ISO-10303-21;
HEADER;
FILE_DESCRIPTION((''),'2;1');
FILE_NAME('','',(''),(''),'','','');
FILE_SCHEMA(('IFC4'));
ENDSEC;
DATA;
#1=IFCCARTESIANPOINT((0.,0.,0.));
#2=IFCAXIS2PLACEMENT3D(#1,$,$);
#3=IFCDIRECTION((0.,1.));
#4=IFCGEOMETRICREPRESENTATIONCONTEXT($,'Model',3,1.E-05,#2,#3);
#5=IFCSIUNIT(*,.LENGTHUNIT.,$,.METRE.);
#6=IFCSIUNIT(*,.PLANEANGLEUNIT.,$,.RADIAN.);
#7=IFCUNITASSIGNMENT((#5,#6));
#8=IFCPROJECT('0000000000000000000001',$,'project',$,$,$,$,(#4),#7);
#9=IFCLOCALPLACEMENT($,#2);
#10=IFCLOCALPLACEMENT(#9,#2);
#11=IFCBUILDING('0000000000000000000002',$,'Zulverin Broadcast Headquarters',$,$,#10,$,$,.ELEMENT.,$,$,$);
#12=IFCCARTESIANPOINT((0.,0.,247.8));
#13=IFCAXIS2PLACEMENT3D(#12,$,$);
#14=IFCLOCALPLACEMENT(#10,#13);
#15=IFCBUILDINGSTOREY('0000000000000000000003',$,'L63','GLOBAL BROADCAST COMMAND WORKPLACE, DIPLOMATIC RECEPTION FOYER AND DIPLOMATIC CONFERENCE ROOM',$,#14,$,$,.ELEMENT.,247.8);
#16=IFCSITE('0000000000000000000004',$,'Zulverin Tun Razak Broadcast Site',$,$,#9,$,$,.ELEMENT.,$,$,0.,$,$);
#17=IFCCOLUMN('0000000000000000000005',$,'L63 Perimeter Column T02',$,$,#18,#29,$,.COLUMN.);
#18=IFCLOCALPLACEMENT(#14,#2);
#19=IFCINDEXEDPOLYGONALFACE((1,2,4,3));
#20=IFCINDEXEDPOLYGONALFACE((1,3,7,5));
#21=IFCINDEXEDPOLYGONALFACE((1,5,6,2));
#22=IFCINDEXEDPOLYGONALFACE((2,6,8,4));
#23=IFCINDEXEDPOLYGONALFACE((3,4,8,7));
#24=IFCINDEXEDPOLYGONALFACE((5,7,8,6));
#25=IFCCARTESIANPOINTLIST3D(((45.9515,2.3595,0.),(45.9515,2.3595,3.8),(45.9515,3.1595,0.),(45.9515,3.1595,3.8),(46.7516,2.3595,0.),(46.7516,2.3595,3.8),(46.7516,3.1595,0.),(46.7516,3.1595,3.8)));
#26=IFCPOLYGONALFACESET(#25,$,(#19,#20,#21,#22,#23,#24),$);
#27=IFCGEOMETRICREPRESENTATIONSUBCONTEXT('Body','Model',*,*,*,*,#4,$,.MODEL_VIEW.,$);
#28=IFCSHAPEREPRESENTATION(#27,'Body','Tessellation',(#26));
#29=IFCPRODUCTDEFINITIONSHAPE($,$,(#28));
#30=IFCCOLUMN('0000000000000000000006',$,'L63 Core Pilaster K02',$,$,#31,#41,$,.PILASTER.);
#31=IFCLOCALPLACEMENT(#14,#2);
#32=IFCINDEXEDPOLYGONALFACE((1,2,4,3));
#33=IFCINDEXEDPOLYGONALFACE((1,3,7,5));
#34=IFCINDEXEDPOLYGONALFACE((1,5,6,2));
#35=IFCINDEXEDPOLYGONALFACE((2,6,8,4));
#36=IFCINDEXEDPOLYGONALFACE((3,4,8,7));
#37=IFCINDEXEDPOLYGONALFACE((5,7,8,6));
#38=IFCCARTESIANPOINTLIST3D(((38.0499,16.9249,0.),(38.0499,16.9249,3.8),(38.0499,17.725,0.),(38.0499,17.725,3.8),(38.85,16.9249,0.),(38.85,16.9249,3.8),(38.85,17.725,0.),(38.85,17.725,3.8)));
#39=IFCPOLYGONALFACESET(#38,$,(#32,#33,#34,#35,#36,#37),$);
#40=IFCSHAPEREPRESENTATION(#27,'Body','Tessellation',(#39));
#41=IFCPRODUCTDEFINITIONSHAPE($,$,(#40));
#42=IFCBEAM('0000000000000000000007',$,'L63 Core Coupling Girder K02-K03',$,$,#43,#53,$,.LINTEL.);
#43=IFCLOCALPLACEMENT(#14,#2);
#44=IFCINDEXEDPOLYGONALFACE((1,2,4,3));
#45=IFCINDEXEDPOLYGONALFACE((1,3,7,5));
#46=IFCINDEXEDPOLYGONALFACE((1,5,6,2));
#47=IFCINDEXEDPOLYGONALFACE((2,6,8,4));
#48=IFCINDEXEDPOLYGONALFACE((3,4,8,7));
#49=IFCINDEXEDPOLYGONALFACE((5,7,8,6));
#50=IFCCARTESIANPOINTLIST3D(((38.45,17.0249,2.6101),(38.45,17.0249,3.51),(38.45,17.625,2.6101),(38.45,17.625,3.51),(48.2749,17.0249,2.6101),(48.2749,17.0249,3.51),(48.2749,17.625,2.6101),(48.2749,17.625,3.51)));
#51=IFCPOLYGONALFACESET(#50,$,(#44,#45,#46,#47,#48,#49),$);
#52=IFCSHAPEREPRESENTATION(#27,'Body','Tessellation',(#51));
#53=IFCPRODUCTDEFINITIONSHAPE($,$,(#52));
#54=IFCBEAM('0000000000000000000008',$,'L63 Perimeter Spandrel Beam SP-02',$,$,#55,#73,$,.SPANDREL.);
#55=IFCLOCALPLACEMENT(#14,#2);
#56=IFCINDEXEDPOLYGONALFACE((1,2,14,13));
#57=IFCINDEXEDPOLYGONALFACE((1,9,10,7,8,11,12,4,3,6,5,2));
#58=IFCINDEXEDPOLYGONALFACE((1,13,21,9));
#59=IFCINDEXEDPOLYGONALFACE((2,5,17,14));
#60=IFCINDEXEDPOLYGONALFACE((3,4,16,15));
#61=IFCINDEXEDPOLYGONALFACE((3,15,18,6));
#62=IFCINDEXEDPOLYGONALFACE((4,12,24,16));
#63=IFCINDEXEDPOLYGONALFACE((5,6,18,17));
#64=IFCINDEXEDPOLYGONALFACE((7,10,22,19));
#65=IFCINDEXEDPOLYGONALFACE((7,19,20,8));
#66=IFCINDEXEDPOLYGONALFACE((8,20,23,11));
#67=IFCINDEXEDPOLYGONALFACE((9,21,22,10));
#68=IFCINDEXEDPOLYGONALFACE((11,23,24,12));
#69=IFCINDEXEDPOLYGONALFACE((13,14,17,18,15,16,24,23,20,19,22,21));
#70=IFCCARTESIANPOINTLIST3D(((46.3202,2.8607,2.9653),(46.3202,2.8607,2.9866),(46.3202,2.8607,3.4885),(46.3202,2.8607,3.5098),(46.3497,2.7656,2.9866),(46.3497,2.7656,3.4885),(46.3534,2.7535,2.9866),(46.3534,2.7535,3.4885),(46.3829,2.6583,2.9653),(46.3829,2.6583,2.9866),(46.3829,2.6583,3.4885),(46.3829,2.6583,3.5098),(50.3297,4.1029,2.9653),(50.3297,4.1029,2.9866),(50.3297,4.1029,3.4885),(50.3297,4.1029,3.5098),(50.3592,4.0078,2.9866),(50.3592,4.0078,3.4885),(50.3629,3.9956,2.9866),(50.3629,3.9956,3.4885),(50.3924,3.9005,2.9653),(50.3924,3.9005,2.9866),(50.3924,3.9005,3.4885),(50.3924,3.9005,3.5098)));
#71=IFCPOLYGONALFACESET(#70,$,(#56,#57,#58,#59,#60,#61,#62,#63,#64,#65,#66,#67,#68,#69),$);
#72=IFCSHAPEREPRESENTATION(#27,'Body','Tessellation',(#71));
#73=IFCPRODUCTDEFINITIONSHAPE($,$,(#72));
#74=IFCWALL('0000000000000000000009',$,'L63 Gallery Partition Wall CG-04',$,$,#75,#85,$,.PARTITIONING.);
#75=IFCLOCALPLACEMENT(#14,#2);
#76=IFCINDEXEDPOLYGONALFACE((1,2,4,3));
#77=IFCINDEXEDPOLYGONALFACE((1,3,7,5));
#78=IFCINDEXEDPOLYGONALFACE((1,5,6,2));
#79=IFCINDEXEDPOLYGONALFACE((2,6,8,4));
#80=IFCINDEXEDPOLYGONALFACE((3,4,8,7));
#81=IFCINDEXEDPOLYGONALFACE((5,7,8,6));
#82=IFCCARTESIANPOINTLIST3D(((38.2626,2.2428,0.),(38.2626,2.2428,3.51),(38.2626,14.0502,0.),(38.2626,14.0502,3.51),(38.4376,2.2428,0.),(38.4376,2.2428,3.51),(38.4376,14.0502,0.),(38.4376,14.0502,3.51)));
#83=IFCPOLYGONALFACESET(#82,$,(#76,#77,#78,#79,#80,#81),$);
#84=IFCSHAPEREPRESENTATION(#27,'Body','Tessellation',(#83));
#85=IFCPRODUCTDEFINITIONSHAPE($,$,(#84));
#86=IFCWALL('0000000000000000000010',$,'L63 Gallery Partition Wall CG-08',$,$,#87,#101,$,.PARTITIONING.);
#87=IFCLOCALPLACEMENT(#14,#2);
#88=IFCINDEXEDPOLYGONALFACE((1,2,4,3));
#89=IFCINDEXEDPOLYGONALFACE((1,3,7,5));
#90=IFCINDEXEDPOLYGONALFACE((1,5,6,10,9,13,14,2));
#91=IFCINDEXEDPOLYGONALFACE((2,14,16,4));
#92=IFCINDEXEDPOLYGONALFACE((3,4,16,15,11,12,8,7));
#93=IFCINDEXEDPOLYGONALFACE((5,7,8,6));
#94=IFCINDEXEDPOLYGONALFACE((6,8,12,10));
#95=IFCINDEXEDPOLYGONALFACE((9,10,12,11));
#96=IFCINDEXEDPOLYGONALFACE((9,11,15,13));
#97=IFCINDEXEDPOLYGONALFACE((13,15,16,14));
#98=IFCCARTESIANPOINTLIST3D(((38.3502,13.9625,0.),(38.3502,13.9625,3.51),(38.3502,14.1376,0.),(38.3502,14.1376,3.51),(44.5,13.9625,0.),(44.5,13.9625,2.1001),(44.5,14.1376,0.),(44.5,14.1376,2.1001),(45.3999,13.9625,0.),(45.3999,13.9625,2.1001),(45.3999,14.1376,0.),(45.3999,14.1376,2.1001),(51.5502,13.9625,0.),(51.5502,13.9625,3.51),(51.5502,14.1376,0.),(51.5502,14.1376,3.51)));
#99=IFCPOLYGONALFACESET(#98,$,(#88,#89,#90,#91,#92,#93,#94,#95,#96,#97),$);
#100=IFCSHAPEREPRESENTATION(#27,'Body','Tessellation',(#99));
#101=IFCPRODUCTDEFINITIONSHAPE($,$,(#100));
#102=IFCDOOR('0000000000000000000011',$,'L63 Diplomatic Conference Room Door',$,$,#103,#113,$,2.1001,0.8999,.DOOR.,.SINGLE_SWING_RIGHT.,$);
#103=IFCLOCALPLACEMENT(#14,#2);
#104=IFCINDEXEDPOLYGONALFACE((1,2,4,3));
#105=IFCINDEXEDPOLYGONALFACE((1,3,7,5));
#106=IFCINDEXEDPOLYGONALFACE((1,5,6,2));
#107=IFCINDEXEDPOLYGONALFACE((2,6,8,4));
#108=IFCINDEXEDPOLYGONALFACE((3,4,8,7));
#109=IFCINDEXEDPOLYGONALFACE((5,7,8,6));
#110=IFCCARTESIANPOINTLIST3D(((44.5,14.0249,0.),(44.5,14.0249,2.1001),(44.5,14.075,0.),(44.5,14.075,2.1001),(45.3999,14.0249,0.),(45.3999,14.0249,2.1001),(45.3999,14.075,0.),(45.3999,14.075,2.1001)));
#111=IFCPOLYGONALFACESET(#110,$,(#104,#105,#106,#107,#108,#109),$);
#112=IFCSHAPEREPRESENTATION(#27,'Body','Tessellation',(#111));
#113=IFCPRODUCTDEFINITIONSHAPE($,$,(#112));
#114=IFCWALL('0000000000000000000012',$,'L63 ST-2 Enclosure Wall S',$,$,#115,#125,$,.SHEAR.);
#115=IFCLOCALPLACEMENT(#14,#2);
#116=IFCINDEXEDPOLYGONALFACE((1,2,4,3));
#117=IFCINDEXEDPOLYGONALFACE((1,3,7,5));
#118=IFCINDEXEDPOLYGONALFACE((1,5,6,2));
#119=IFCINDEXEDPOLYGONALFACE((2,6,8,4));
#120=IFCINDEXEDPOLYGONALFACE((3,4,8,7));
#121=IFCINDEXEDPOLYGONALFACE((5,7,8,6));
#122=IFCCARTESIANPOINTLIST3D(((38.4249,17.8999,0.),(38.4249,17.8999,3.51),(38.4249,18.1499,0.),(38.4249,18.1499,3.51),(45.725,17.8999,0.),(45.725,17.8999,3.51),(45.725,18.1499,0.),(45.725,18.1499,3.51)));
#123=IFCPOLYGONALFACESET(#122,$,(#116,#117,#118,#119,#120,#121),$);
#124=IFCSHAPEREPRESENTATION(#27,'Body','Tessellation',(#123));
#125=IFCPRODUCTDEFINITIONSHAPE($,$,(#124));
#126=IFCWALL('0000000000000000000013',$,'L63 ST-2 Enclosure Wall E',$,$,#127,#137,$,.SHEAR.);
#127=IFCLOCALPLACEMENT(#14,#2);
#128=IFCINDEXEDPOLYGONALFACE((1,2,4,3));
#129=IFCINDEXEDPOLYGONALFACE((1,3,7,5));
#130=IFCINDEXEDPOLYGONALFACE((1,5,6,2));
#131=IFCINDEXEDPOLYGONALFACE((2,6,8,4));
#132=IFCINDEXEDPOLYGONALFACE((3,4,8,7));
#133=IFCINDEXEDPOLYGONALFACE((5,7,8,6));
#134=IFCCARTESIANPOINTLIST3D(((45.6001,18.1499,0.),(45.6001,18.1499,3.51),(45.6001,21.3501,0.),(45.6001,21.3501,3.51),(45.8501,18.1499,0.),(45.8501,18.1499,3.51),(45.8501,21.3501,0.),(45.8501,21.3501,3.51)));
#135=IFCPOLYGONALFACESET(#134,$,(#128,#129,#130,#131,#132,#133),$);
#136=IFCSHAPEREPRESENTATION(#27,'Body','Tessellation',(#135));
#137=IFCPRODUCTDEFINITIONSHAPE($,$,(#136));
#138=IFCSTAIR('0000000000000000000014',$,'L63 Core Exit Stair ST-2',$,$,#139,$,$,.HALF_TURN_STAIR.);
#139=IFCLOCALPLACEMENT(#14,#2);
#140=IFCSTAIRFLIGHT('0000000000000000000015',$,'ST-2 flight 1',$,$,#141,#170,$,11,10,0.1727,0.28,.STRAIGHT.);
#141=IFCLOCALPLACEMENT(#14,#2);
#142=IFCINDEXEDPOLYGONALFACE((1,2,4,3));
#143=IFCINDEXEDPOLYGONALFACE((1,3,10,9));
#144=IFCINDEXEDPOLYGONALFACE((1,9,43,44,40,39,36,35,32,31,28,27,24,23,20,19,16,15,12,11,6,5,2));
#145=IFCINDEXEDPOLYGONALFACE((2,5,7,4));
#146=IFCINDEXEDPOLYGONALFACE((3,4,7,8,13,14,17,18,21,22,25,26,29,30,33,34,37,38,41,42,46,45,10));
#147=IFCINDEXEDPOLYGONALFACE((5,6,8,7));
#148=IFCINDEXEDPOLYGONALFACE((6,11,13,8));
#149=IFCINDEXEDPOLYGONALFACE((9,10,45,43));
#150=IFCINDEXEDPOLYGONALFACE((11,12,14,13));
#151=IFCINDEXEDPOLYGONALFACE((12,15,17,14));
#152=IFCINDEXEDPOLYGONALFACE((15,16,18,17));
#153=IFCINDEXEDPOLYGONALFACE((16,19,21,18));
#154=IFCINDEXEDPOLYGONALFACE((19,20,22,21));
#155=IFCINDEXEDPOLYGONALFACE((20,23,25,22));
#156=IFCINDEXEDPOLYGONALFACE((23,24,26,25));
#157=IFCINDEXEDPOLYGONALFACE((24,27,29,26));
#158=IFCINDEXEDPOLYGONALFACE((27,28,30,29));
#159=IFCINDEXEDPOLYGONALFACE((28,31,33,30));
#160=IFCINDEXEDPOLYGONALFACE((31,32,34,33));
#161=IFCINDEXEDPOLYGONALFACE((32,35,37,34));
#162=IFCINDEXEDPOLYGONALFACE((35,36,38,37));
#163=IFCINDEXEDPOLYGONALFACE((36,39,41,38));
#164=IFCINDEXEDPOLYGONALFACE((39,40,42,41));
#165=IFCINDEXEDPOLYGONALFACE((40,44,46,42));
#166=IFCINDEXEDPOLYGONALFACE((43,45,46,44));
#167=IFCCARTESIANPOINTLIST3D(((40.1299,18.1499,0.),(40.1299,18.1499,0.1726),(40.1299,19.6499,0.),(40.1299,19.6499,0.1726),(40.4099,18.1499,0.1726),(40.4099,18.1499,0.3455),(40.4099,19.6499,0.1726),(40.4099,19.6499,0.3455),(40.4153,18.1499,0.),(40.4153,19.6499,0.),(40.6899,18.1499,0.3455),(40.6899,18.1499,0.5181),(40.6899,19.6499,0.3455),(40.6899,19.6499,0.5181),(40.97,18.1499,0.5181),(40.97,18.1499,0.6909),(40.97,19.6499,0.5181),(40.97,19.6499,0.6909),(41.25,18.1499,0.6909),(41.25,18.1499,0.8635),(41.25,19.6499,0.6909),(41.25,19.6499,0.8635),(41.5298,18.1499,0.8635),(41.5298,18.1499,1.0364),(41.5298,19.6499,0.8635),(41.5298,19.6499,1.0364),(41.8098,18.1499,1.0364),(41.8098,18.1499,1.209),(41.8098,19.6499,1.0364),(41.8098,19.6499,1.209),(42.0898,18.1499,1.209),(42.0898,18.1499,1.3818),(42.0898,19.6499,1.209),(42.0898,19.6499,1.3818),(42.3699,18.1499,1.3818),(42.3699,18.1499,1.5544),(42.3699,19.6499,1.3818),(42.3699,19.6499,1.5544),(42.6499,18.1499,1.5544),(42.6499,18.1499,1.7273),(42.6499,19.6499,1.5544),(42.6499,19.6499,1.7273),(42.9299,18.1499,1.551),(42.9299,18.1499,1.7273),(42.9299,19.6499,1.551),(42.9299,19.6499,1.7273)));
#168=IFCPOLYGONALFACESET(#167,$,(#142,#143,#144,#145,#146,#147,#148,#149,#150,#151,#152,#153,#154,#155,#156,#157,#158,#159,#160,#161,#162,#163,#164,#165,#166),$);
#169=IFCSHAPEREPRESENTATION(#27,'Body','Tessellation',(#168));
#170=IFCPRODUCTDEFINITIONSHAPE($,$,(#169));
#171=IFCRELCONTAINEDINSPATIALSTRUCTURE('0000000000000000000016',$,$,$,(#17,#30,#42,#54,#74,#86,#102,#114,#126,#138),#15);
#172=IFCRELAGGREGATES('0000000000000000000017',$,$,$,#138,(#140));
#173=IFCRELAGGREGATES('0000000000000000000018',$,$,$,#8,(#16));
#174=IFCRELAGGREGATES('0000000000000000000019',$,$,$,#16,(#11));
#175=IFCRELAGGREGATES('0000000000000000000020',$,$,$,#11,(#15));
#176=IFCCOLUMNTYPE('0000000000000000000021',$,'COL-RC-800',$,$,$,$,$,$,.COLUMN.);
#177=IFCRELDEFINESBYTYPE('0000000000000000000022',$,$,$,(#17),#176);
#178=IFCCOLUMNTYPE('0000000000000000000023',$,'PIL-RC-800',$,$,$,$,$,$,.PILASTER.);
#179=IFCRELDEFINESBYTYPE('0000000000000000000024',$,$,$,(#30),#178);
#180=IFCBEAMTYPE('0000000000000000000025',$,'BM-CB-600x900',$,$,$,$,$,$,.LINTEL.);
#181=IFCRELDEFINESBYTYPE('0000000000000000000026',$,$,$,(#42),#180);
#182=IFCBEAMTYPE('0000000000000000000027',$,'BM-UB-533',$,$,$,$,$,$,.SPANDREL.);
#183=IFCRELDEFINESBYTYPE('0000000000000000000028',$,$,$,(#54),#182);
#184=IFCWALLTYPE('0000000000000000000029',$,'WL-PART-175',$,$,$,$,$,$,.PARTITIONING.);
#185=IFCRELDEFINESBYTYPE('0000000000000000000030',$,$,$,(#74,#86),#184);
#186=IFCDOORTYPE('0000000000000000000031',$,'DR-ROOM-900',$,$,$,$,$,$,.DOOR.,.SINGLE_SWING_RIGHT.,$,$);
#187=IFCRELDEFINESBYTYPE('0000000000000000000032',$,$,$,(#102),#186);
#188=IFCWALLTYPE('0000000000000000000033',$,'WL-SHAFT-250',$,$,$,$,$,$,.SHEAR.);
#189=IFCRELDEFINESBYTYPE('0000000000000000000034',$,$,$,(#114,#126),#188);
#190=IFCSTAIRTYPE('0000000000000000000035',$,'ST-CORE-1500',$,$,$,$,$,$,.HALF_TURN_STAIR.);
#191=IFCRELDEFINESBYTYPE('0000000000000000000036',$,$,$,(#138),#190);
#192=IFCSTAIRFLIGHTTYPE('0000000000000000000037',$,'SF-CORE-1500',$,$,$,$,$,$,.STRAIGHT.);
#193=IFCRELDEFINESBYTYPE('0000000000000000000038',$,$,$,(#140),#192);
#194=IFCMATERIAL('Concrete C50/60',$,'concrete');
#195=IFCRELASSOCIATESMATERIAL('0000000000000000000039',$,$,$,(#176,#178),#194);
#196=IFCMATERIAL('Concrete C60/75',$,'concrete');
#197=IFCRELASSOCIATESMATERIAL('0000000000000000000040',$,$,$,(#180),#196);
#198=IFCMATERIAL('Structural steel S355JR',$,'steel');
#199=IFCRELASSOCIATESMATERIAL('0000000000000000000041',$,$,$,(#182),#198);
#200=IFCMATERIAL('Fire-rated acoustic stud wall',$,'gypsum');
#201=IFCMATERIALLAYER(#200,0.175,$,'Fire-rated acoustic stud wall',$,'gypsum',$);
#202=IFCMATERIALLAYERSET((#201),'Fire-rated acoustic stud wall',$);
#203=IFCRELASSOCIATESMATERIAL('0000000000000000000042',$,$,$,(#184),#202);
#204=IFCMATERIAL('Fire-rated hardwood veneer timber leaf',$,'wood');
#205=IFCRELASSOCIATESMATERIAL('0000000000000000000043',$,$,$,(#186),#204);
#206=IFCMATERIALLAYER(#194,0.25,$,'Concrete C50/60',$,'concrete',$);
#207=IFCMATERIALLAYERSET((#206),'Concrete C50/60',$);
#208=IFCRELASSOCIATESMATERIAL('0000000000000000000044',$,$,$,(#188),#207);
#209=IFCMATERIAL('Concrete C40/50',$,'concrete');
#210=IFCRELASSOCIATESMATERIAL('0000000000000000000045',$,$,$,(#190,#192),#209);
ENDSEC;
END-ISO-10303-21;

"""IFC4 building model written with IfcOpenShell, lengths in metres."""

from ifc_helpers import new_model, si_unit, direction, frame, frame_2d, origin, origin_2d, place, context, subcontext, project, spatial, polyline, rectangle, i_section, outline, extrude, material, layer, layer_set, material_profile, profile_set, type_object, element, fill, aggregate, save


model = new_model("IFC4")

# Units and contexts
model_context = context("Model", 3, precision=1e-05, world=origin(), true_north=direction((0.0, 1.0)))
body_context = subcontext(model_context, "Body", "Model", "MODEL_VIEW")
ifc_project = project(units=[si_unit("LENGTHUNIT", "METRE"), si_unit("PLANEANGLEUNIT", "RADIAN")], contexts=[model_context])

# Site, building, storey
site_placement = place(None, origin())
site = spatial("IfcSite", under=ifc_project, at=site_placement, Name="Zulverin Tun Razak Broadcast Site", CompositionType="ELEMENT", RefElevation=0.0)
building_placement = place(site_placement, origin())
building = spatial("IfcBuilding", under=site, at=building_placement, Name="Zulverin Broadcast Headquarters", CompositionType="ELEMENT")
storey_placement = place(building_placement, frame((0.0, 0.0, 247.8)))
storey = spatial("IfcBuildingStorey", under=building, at=storey_placement, Name="L63", Description="GLOBAL BROADCAST COMMAND WORKPLACE, DIPLOMATIC RECEPTION FOYER AND DIPLOMATIC CONFERENCE ROOM", CompositionType="ELEMENT", Elevation=247.8)

# Columns
ifc_material_1 = material(Name="Concrete C50/60", Category="concrete")
ifc_material_profile_1 = material_profile(ifc_material_1, rectangle(XDim=0.8, YDim=0.8, at=origin_2d()), Name="Concrete C50/60", Category="concrete")
ifc_profile_set_1 = profile_set([ifc_material_profile_1], Name="Concrete C50/60")
column_type_1 = type_object("IfcColumnType", Name="COL-RC-800", PredefinedType="COLUMN", material=ifc_profile_set_1)
column_1_placement = place(storey_placement, frame((46.3516, 2.7595, 0.0), z_axis=(0.0, 0.0, 1.0), x_axis=(1.0, 0.0, 0.0)))
element("IfcColumn", 1, at=column_1_placement, inside=storey, type_object=column_type_1, Name="L63 Perimeter Column T02", PredefinedType="COLUMN", context=body_context, shape_type="SweptSolid", body=[
    extrude(rectangle(XDim=0.8, YDim=0.8, at=origin_2d()), origin(), (0.0, 0.0, 1.0), 3.8),
])
ifc_material_profile_2 = material_profile(ifc_material_1, rectangle(XDim=0.8, YDim=0.8, at=origin_2d()), Name="Concrete C50/60", Category="concrete")
ifc_profile_set_2 = profile_set([ifc_material_profile_2], Name="Concrete C50/60")
column_type_2 = type_object("IfcColumnType", Name="PIL-RC-800", PredefinedType="PILASTER", material=ifc_profile_set_2)
column_2_placement = place(storey_placement, frame((38.45, 17.325, 0.0), z_axis=(0.0, 0.0, 1.0), x_axis=(1.0, 0.0, 0.0)))
element("IfcColumn", 2, at=column_2_placement, inside=storey, type_object=column_type_2, Name="L63 Core Pilaster K02", PredefinedType="PILASTER", context=body_context, shape_type="SweptSolid", body=[
    extrude(rectangle(XDim=0.8, YDim=0.8, at=origin_2d()), origin(), (0.0, 0.0, 1.0), 3.8),
])

# Beams
ifc_material_2 = material(Name="Concrete C60/75", Category="concrete")
ifc_material_profile_3 = material_profile(ifc_material_2, rectangle(XDim=0.6001, YDim=0.8999, at=origin_2d()), Name="Concrete C60/75", Category="concrete")
ifc_profile_set_3 = profile_set([ifc_material_profile_3], Name="Concrete C60/75")
beam_type_1 = type_object("IfcBeamType", Name="BM-CB-600x900", PredefinedType="LINTEL", material=ifc_profile_set_3)
beam_1_placement = place(storey_placement, frame((38.45, 17.325, 3.0601), z_axis=(1.0, 0.0, 0.0), x_axis=(0.0, 1.0, 0.0)))
element("IfcBeam", 3, at=beam_1_placement, inside=storey, type_object=beam_type_1, Name="L63 Core Coupling Girder K02-K03", PredefinedType="LINTEL", context=body_context, shape_type="SweptSolid", body=[
    extrude(rectangle(XDim=0.6001, YDim=0.8999, at=origin_2d()), origin(), (0.0, 0.0, 1.0), 9.825),
])
ifc_material_3 = material(Name="Structural steel S355JR", Category="steel")
ifc_material_profile_4 = material_profile(ifc_material_3, i_section(OverallWidth=0.2119, OverallDepth=0.5444, WebThickness=0.0127, FlangeThickness=0.0212, at=origin_2d()), Name="Structural steel S355JR", Category="steel")
ifc_profile_set_4 = profile_set([ifc_material_profile_4], Name="Structural steel S355JR")
beam_type_2 = type_object("IfcBeamType", Name="BM-UB-533", PredefinedType="SPANDREL", material=ifc_profile_set_4)
beam_2_placement = place(storey_placement, frame((46.3516, 2.7595, 3.2375), z_axis=(0.955209, 0.295933, 0.0), x_axis=(-0.295933, 0.955209, 0.0)))
element("IfcBeam", 4, at=beam_2_placement, inside=storey, type_object=beam_type_2, Name="L63 Perimeter Spandrel Beam SP-02", PredefinedType="SPANDREL", context=body_context, shape_type="SweptSolid", body=[
    extrude(i_section(OverallWidth=0.2119, OverallDepth=0.5444, WebThickness=0.0127, FlangeThickness=0.0212, at=origin_2d()), origin(), (0.0, 0.0, 1.0), 4.1975),
])

# Wall
ifc_material_4 = material(Name="Fire-rated acoustic stud wall", Category="gypsum")
ifc_layer_1 = layer(ifc_material_4, 0.175, Name="Fire-rated acoustic stud wall", Category="gypsum")
ifc_layer_set_1 = layer_set([ifc_layer_1], Name="Fire-rated acoustic stud wall")
wall_type_1 = type_object("IfcWallType", Name="WL-PART-175", PredefinedType="PARTITIONING", material=ifc_layer_set_1)
wall_1_placement = place(storey_placement, frame((38.3501, 2.2427, 0.0), z_axis=(0.0, 0.0, 1.0), x_axis=(0.0, 1.0, 0.0)))
element("IfcWall", 5, at=wall_1_placement, inside=storey, type_object=wall_type_1, Name="L63 Gallery Partition Wall CG-04", PredefinedType="PARTITIONING", context=body_context, shape_type="SweptSolid", body=[
    extrude(rectangle(XDim=11.8074, YDim=0.175, at=frame_2d((5.9038, 0.0))), origin(), (0.0, 0.0, 1.0), 3.51),
])

# Wall, opening, door
wall_2_placement = place(storey_placement, frame((38.3501, 14.05, 0.0), z_axis=(0.0, 0.0, 1.0), x_axis=(1.0, 0.0, 0.0)))
wall_2 = element("IfcWall", 6, at=wall_2_placement, inside=storey, type_object=wall_type_1, Name="L63 Gallery Partition Wall CG-08", PredefinedType="PARTITIONING", context=body_context, shape_type="SweptSolid", body=[
    extrude(rectangle(XDim=13.2, YDim=0.175, at=frame_2d((6.6001, 0.0))), origin(), (0.0, 0.0, 1.0), 3.51),
])
opening_1_placement = place(wall_2_placement, frame((6.1499, 0.0, 0.0)))
opening_1 = element("IfcOpeningElement", 7, at=opening_1_placement, cuts=wall_2, PredefinedType="OPENING", context=body_context, shape_type="SweptSolid", body=[
    extrude(rectangle(XDim=0.8999, YDim=2.1001, at=frame_2d((0.45, 1.05))), frame((0.0, 0.0974, 0.0), z_axis=(0.0, -1.0, 0.0), x_axis=(1.0, 0.0, 0.0)), (0.0, 0.0, 1.0), 0.1951),
])
ifc_material_5 = material(Name="Fire-rated hardwood veneer timber leaf", Category="wood")
door_type_1 = type_object("IfcDoorType", Name="DR-ROOM-900", OperationType="SINGLE_SWING_RIGHT", PredefinedType="DOOR", material=ifc_material_5)
door_1_placement = place(opening_1_placement, origin())
door_1 = element("IfcDoor", 8, at=door_1_placement, inside=storey, type_object=door_type_1, Name="L63 Diplomatic Conference Room Door", OperationType="SINGLE_SWING_RIGHT", OverallHeight=2.1001, OverallWidth=0.8999, PredefinedType="DOOR", context=body_context, shape_type="SweptSolid", body=[
    extrude(rectangle(XDim=0.8999, YDim=2.1001, at=frame_2d((0.45, 1.05))), frame((0.0, 0.0249, 0.0), z_axis=(0.0, -1.0, 0.0), x_axis=(1.0, 0.0, 0.0)), (0.0, 0.0, 1.0), 0.05),
])
fill(opening_1, door_1)

# Wall
ifc_layer_2 = layer(ifc_material_1, 0.25, Name="Concrete C50/60", Category="concrete")
ifc_layer_set_2 = layer_set([ifc_layer_2], Name="Concrete C50/60")
wall_type_2 = type_object("IfcWallType", Name="WL-SHAFT-250", PredefinedType="SHEAR", material=ifc_layer_set_2)
wall_3_placement = place(storey_placement, frame((38.425, 18.0249, 0.0), z_axis=(0.0, 0.0, 1.0), x_axis=(1.0, 0.0, 0.0)))
element("IfcWall", 9, at=wall_3_placement, inside=storey, type_object=wall_type_2, Name="L63 ST-2 Enclosure Wall S", PredefinedType="SHEAR", context=body_context, shape_type="SweptSolid", body=[
    extrude(rectangle(XDim=7.3, YDim=0.25, at=frame_2d((3.6499, 0.0))), origin(), (0.0, 0.0, 1.0), 3.51),
])

# Wall
wall_4_placement = place(storey_placement, frame((45.7251, 18.1499, 0.0), z_axis=(0.0, 0.0, 1.0), x_axis=(0.0, 1.0, 0.0)))
element("IfcWall", 10, at=wall_4_placement, inside=storey, type_object=wall_type_2, Name="L63 ST-2 Enclosure Wall E", PredefinedType="SHEAR", context=body_context, shape_type="SweptSolid", body=[
    extrude(rectangle(XDim=3.2002, YDim=0.25, at=frame_2d((1.6001, 0.0))), origin(), (0.0, 0.0, 1.0), 3.51),
])

# Stair, stair flight
ifc_material_6 = material(Name="Concrete C40/50", Category="concrete")
stair_type = type_object("IfcStairType", Name="ST-CORE-1500", PredefinedType="HALF_TURN_STAIR", material=ifc_material_6)
stair_placement = place(storey_placement, origin())
stair = element("IfcStair", 11, at=stair_placement, inside=storey, type_object=stair_type, Name="L63 Core Exit Stair ST-2", PredefinedType="HALF_TURN_STAIR")
stair_flight_type = type_object("IfcStairFlightType", Name="SF-CORE-1500", PredefinedType="STRAIGHT", material=ifc_material_6)
stair_flight_placement = place(storey_placement, frame((40.1299, 18.8999, 0.0), z_axis=(0.0, 0.0, 1.0), x_axis=(1.0, 0.0, 0.0)))
stair_flight = element("IfcStairFlight", 12, at=stair_flight_placement, type_object=stair_flight_type, Name="ST-2 flight 1", NumberOfRisers=11, NumberOfTreads=10, PredefinedType="STRAIGHT", RiserHeight=0.1727, TreadLength=0.28, context=body_context, shape_type="SweptSolid", body=[
    extrude(outline(polyline([(0.0, 0.0), (0.0, 0.1726), (0.28, 0.1726), (0.28, 0.3455), (0.5601, 0.3455), (0.5601, 0.5181), (0.8401, 0.5181), (0.8401, 0.6909), (1.1201, 0.6909), (1.1201, 0.8635), (1.3999, 0.8635), (1.3999, 1.0364), (1.6799, 1.0364), (1.6799, 1.209), (1.96, 1.209), (1.96, 1.3818), (2.24, 1.3818), (2.24, 1.5544), (2.52, 1.5544), (2.52, 1.7273), (2.8, 1.7273), (2.8, 1.8999), (2.8, 1.551), (0.2854, 0.0), (0.0, 0.0)])), frame((0.0, 0.75, 0.0), z_axis=(0.0, -1.0, 0.0), x_axis=(1.0, 0.0, 0.0)), (0.0, 0.0, 1.0), 1.5),
])
aggregate(stair, [stair_flight])

save(model, "model.ifc")
